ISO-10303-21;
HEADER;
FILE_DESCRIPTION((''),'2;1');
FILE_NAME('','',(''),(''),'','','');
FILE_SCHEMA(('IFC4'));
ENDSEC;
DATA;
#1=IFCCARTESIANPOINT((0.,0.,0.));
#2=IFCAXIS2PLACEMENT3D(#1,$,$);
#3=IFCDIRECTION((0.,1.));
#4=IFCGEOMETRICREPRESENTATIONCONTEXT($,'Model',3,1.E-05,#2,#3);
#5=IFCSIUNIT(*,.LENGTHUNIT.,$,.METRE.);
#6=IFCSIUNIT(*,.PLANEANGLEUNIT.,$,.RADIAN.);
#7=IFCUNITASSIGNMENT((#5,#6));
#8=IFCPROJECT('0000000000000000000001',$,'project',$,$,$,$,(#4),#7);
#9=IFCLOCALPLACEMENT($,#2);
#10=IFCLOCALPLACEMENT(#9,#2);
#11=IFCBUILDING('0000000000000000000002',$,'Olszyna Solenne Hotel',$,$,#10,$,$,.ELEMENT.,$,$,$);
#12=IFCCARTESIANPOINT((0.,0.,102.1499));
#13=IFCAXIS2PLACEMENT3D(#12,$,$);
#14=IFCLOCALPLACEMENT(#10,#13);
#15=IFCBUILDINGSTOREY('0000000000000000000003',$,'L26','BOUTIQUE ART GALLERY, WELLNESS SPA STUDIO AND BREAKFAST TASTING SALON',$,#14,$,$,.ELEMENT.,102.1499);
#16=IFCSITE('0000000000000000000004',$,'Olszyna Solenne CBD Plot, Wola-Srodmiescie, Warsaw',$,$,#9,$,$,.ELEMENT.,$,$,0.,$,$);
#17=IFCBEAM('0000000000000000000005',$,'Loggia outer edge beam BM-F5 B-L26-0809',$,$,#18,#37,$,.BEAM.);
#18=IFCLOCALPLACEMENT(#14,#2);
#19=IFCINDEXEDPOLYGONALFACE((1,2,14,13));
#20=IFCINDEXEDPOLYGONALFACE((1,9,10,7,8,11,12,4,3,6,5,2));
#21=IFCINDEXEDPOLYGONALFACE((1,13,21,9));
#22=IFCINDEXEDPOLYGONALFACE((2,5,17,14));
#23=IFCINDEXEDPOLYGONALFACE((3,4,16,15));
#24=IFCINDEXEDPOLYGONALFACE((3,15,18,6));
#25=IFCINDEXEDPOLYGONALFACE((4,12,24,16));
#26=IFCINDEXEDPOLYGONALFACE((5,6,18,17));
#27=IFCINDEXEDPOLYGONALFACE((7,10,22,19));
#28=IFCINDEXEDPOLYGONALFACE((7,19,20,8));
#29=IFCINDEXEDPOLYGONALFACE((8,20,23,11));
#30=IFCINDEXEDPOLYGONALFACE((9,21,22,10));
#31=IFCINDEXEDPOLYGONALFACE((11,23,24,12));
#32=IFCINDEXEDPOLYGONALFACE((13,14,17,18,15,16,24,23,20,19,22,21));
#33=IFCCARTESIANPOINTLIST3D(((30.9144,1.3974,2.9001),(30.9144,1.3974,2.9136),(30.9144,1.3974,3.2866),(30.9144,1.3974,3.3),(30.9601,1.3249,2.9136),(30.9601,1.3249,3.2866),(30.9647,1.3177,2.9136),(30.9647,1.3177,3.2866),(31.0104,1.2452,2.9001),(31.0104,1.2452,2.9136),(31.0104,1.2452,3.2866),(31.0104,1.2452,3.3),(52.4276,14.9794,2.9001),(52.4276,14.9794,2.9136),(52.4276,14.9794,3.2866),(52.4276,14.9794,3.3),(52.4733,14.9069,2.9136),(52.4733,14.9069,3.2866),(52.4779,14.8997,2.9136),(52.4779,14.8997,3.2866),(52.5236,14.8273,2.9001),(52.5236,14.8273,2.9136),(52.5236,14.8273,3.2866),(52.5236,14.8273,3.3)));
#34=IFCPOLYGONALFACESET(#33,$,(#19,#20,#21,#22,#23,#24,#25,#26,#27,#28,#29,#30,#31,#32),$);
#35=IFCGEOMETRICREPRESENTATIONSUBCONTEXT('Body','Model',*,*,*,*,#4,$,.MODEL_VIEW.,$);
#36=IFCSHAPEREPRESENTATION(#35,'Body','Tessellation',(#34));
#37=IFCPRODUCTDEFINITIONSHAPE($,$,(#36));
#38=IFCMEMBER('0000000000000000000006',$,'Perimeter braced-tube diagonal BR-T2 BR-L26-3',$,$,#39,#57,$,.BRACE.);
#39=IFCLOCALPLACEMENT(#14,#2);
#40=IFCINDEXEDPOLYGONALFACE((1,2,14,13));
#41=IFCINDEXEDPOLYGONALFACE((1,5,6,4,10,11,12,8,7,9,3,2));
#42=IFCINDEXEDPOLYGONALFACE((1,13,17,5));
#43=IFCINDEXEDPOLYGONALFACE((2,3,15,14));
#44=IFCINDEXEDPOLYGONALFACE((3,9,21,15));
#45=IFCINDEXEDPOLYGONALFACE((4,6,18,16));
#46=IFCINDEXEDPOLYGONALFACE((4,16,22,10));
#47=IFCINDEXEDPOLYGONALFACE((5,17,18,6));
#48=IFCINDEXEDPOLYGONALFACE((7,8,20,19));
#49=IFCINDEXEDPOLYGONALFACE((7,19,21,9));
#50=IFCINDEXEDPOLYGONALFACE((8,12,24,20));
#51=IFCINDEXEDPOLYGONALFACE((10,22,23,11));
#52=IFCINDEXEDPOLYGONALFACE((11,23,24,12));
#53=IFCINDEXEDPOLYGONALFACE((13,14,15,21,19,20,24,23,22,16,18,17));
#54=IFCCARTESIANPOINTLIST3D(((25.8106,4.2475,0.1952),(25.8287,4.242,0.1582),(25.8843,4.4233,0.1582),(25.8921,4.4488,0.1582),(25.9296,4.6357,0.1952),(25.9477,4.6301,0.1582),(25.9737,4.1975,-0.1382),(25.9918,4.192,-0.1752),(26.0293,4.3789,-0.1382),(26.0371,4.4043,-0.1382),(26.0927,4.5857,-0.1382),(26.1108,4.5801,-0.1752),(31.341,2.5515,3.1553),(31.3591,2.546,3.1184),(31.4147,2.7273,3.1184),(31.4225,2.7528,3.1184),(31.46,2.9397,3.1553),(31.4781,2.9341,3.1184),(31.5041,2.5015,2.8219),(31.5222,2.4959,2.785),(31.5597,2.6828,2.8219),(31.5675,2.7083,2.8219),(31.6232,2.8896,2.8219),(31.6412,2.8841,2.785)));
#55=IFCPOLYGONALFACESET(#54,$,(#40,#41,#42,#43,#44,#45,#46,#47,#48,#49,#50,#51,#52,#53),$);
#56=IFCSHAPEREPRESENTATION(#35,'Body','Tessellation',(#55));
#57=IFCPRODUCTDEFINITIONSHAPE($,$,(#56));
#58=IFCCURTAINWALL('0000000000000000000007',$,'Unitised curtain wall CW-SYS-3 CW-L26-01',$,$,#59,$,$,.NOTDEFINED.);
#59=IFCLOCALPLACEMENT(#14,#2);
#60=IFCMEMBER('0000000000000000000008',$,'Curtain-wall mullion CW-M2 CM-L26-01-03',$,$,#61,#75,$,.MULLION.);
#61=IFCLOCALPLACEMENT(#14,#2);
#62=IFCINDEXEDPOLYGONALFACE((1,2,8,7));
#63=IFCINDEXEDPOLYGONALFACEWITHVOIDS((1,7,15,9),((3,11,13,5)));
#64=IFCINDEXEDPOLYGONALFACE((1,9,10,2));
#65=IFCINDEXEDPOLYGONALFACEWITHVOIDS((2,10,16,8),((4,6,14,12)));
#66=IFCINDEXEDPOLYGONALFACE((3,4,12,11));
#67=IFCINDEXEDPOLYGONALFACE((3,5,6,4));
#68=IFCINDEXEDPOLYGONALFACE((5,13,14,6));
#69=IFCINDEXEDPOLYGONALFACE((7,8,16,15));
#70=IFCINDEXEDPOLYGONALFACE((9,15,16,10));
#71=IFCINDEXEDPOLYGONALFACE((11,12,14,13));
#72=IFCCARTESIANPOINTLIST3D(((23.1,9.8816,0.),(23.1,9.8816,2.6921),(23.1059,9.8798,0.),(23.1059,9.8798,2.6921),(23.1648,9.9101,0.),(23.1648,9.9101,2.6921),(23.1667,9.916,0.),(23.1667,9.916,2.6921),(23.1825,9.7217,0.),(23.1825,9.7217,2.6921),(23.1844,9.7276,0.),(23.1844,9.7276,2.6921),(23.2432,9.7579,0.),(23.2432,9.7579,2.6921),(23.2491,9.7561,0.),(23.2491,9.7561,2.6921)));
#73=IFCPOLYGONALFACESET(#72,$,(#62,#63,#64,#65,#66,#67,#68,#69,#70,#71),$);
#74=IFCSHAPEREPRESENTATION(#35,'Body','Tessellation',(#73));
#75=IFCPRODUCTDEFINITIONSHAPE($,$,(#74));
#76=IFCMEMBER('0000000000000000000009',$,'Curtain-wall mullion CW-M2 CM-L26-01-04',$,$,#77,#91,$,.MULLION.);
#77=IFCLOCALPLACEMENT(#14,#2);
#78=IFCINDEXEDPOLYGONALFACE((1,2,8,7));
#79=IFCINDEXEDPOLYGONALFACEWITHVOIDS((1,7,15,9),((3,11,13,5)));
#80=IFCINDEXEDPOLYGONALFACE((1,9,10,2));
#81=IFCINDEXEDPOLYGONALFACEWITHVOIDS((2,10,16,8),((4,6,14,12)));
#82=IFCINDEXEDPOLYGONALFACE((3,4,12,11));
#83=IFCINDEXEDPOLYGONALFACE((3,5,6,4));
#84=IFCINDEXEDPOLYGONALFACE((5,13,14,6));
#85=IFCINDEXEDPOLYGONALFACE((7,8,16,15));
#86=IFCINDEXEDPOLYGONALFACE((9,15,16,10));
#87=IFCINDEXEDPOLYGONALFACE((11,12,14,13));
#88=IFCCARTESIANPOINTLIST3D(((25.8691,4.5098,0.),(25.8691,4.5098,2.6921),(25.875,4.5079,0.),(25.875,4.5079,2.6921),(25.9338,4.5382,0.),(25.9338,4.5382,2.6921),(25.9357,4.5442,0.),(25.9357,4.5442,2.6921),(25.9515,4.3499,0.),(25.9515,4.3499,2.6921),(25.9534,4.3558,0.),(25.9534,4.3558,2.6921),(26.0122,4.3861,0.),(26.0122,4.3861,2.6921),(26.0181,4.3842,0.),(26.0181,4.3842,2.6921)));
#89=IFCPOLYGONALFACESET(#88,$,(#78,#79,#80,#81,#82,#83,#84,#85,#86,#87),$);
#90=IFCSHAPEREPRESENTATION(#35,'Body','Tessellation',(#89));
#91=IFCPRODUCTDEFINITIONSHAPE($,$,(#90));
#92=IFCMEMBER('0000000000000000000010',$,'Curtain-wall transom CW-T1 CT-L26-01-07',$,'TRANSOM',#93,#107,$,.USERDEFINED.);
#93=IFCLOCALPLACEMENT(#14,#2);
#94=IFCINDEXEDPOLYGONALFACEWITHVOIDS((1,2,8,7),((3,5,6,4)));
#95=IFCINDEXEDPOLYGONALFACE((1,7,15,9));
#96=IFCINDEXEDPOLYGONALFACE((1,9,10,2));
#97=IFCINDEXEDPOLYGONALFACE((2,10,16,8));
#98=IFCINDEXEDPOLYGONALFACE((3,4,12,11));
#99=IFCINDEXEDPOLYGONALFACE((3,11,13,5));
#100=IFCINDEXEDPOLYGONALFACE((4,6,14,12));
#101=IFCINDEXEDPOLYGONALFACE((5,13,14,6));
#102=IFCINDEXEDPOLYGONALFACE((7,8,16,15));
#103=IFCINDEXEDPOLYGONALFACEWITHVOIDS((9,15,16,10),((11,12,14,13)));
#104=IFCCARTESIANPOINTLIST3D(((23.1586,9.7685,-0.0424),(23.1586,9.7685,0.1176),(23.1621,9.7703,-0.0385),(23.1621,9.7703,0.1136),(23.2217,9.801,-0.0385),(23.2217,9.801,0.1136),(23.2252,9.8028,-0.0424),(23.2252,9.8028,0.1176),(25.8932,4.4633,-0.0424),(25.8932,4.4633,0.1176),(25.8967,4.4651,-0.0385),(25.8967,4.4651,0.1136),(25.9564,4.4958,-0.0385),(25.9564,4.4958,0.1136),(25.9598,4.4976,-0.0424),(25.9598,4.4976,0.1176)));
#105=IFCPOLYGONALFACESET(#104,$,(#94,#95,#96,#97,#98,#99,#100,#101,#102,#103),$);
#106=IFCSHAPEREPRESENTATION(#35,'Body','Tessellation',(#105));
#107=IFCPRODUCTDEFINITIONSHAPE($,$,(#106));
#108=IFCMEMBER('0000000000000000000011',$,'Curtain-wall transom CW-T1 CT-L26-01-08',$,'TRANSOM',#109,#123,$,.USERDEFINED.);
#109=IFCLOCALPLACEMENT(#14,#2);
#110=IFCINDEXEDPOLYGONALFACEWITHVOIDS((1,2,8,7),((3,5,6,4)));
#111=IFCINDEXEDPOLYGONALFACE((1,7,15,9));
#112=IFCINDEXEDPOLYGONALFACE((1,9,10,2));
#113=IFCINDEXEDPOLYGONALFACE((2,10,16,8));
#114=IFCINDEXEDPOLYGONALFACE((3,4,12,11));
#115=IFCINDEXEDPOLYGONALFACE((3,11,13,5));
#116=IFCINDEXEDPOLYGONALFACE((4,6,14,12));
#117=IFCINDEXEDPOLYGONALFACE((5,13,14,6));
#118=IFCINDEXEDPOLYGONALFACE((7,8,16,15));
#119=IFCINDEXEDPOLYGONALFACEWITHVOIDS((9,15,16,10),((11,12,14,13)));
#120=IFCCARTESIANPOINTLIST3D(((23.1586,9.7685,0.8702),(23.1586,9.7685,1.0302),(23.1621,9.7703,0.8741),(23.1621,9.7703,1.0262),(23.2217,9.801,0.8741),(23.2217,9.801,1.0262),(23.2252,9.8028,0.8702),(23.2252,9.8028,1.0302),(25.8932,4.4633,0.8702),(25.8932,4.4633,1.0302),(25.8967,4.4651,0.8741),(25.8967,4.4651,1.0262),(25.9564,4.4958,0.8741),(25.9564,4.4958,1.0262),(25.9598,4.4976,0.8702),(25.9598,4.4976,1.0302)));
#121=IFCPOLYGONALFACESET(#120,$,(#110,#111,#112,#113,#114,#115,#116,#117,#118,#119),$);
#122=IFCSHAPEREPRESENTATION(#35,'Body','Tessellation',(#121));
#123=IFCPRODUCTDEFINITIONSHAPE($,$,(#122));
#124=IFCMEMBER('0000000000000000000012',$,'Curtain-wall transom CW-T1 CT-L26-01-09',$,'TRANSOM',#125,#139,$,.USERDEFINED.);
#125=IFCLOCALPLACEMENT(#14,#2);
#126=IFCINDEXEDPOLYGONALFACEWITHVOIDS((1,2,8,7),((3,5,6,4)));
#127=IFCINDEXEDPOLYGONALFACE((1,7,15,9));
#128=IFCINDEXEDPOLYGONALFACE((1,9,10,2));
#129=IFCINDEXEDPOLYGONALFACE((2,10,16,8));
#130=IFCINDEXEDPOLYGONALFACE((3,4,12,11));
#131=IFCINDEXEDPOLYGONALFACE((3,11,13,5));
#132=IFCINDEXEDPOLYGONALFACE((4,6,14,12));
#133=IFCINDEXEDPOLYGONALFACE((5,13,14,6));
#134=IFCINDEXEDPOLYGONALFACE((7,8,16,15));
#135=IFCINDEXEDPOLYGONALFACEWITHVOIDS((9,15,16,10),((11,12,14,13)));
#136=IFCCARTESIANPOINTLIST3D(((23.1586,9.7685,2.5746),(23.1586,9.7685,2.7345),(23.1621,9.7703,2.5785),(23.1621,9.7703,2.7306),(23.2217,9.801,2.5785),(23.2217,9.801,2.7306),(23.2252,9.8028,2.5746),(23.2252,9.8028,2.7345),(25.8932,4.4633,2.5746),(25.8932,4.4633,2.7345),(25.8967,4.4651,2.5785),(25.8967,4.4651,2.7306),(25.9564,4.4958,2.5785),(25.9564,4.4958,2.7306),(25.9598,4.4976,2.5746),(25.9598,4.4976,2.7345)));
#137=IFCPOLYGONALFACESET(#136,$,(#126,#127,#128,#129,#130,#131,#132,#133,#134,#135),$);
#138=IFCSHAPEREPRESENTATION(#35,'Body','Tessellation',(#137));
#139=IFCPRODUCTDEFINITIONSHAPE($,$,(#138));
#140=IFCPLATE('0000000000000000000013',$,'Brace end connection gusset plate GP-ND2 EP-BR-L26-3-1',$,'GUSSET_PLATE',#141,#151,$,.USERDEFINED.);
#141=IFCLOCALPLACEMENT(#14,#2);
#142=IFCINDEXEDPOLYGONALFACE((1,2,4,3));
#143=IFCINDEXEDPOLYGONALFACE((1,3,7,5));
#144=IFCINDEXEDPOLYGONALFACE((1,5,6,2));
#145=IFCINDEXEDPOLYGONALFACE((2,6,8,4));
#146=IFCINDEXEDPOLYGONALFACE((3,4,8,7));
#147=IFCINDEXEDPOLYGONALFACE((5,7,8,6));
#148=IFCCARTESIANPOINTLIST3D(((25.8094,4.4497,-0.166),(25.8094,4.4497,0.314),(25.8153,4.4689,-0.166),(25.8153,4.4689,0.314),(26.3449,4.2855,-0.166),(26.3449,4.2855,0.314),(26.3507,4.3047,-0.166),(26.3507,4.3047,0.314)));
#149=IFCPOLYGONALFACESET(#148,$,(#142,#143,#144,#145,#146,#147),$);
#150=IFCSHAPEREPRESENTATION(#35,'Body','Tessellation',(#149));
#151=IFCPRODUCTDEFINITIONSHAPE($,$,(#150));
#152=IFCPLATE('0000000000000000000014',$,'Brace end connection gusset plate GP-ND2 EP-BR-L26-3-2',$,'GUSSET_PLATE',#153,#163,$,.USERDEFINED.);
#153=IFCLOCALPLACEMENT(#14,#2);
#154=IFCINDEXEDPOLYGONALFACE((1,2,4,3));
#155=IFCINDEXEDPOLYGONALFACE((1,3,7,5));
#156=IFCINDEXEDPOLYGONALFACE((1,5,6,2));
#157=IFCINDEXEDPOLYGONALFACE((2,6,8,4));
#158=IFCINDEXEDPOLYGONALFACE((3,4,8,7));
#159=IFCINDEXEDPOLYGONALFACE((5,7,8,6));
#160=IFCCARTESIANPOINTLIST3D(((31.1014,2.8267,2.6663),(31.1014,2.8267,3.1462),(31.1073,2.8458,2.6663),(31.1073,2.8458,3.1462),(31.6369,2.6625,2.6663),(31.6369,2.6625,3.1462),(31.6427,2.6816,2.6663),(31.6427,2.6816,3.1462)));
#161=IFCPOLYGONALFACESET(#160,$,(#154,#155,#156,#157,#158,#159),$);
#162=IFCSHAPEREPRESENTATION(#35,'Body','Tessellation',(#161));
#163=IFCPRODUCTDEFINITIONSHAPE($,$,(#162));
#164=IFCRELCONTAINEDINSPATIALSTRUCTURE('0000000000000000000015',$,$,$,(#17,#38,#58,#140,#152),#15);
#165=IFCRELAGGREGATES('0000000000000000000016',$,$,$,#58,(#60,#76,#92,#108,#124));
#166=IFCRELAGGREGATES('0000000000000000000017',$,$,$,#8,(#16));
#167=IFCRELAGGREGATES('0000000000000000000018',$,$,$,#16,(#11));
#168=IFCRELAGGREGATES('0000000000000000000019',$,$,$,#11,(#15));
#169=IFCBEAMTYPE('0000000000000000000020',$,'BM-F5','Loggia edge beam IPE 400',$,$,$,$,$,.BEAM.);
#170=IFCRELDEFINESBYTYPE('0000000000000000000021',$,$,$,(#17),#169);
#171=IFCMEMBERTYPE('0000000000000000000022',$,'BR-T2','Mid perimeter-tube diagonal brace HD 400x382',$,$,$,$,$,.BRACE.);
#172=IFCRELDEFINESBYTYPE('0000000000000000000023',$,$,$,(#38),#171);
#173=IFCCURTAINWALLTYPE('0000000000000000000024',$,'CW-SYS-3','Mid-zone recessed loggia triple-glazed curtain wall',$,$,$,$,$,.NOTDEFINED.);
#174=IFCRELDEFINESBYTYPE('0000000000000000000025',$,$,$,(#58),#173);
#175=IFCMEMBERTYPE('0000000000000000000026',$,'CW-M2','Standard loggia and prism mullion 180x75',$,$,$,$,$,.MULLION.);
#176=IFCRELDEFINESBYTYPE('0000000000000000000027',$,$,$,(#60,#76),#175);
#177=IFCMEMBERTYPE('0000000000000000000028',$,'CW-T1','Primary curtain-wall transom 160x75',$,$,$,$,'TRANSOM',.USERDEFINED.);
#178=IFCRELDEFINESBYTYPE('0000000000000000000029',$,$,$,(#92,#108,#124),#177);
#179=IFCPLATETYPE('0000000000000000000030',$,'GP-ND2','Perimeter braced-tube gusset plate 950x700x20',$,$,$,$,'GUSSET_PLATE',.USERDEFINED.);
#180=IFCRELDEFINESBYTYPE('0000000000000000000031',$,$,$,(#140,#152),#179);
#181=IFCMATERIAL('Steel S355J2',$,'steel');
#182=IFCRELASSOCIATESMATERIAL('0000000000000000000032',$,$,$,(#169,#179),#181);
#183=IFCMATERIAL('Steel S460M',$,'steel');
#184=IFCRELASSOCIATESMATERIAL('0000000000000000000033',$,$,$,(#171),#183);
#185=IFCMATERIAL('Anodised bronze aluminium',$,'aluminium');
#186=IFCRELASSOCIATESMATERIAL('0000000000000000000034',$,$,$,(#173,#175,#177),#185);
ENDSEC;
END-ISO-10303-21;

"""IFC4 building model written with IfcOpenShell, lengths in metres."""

from ifc_helpers import new_model, si_unit, direction, frame, origin, origin_2d, place, context, subcontext, project, spatial, rectangle, hollow_rectangle, i_section, extrude, source, transform, mapped, material, material_profile, profile_set, type_object, element, aggregate, save


model = new_model("IFC4")

# Units and contexts
model_context = context("Model", 3, precision=1e-05, world=origin(), true_north=direction((0.0, 1.0)))
body_context = subcontext(model_context, "Body", "Model", "MODEL_VIEW")
ifc_project = project(units=[si_unit("LENGTHUNIT", "METRE"), si_unit("PLANEANGLEUNIT", "RADIAN")], contexts=[model_context])

# Site, building, storey
site_placement = place(None, origin())
site = spatial("IfcSite", under=ifc_project, at=site_placement, Name="Olszyna Solenne CBD Plot, Wola-Srodmiescie, Warsaw", CompositionType="ELEMENT", RefElevation=0.0)
building_placement = place(site_placement, origin())
building = spatial("IfcBuilding", under=site, at=building_placement, Name="Olszyna Solenne Hotel", CompositionType="ELEMENT")
storey_placement = place(building_placement, frame((0.0, 0.0, 102.1499)))
storey = spatial("IfcBuildingStorey", under=building, at=storey_placement, Name="L26", Description="BOUTIQUE ART GALLERY, WELLNESS SPA STUDIO AND BREAKFAST TASTING SALON", CompositionType="ELEMENT", Elevation=102.1499)

# Shared definitions
ifc_material_1 = material(Name="Steel S460M", Category="steel")

# Beam
ifc_material_2 = material(Name="Steel S355J2", Category="steel")
ifc_material_profile_1 = material_profile(ifc_material_2, i_section(OverallWidth=0.1799, OverallDepth=0.3999, WebThickness=0.0085, FlangeThickness=0.0134, at=origin_2d()), Name="IPE 400", Category="load-bearing")
ifc_profile_set_1 = profile_set([ifc_material_profile_1], Name="Steel S355J2")
beam_type_1 = type_object("IfcBeamType", Name="BM-F5", Description="Loggia edge beam IPE 400", PredefinedType="BEAM", material=ifc_profile_set_1)
shared_shape_1 = source(origin(), body_context, "Body", "SweptSolid", [
    extrude(i_section(OverallWidth=0.1799, OverallDepth=0.3999, WebThickness=0.0085, FlangeThickness=0.0134, at=origin_2d()), origin(), (0.0, 0.0, 1.0), 25.4419),
])
beam_1_placement = place(storey_placement, frame((30.9624, 1.3213, 3.1001), z_axis=(0.845582, 0.533846, 0.0), x_axis=(-0.533846, 0.845582, 0.0)))
element("IfcBeam", 1, at=beam_1_placement, inside=storey, type_object=beam_type_1, Name="Loggia outer edge beam BM-F5 B-L26-0809", PredefinedType="BEAM", context=body_context, shape_type="MappedRepresentation", body=[
    mapped(shared_shape_1, transform((0.0, 0.0, 0.0), x_axis=(1.0, 0.0, 0.0), y_axis=(0.0, 1.0, 0.0), z_axis=(0.0, 0.0, 1.0), scale=1.0)),
])

# Member
ifc_material_profile_2 = material_profile(ifc_material_1, i_section(OverallWidth=0.406, OverallDepth=0.416, WebThickness=0.0266, FlangeThickness=0.0415, at=origin_2d()), Name="HD 400x382", Category="load-bearing")
ifc_profile_set_2 = profile_set([ifc_material_profile_2], Name="Steel S460M")
member_type_1 = type_object("IfcMemberType", Name="BR-T2", Description="Mid perimeter-tube diagonal brace HD 400x382", PredefinedType="BRACE", material=ifc_profile_set_2)
shared_shape_2 = source(origin(), body_context, "Body", "SweptSolid", [
    extrude(i_section(OverallWidth=0.406, OverallDepth=0.416, WebThickness=0.0266, FlangeThickness=0.0415, at=origin_2d()), origin(), (0.0, 0.0, 1.0), 6.498),
])
member_1_placement = place(storey_placement, frame((25.9607, 4.4138, 0.01), z_axis=(0.851091, -0.261004, 0.455546), x_axis=(0.293193, 0.956053, 0.0)))
element("IfcMember", 2, at=member_1_placement, inside=storey, type_object=member_type_1, Name="Perimeter braced-tube diagonal BR-T2 BR-L26-3", PredefinedType="BRACE", context=body_context, shape_type="MappedRepresentation", body=[
    mapped(shared_shape_2, transform((0.0, 0.0, 0.0), x_axis=(1.0, 0.0, 0.0), y_axis=(0.0, 1.0, 0.0), z_axis=(0.0, 0.0, 1.0), scale=1.0)),
])

# Curtain wall, members
ifc_material_3 = material(Name="Anodised bronze aluminium", Category="aluminium")
curtain_wall_type = type_object("IfcCurtainWallType", Name="CW-SYS-3", Description="Mid-zone recessed loggia triple-glazed curtain wall", PredefinedType="NOTDEFINED", material=ifc_material_3)
curtain_wall_placement = place(storey_placement, origin())
curtain_wall = element("IfcCurtainWall", 3, at=curtain_wall_placement, inside=storey, type_object=curtain_wall_type, Name="Unitised curtain wall CW-SYS-3 CW-L26-01", PredefinedType="NOTDEFINED")
ifc_material_profile_3 = material_profile(ifc_material_3, hollow_rectangle(XDim=0.075, YDim=0.1799, WallThickness=0.0044, at=origin_2d()), Name="MULL 180x75x4.5", Category="load-bearing")
ifc_profile_set_3 = profile_set([ifc_material_profile_3], Name="Anodised bronze aluminium")
member_type_2 = type_object("IfcMemberType", Name="CW-M2", Description="Standard loggia and prism mullion 180x75", PredefinedType="MULLION", material=ifc_profile_set_3)
shared_shape_3 = source(origin(), body_context, "Body", "SweptSolid", [
    extrude(hollow_rectangle(XDim=0.075, YDim=0.1799, WallThickness=0.0044, at=origin_2d()), origin(), (0.0, 0.0, 1.0), 2.6921),
])
member_2_placement = place(storey_placement, frame((23.1746, 9.8188, 0.0), z_axis=(0.0, 0.0, 1.0), x_axis=(0.888865, 0.458169, 0.0)))
member_2 = element("IfcMember", 4, at=member_2_placement, type_object=member_type_2, Name="Curtain-wall mullion CW-M2 CM-L26-01-03", PredefinedType="MULLION", context=body_context, shape_type="MappedRepresentation", body=[
    mapped(shared_shape_3, transform((0.0, 0.0, 0.0), x_axis=(1.0, 0.0, 0.0), y_axis=(0.0, 1.0, 0.0), z_axis=(0.0, 0.0, 1.0), scale=1.0)),
])
member_3_placement = place(storey_placement, frame((25.9436, 4.447, 0.0), z_axis=(0.0, 0.0, 1.0), x_axis=(0.888865, 0.458169, 0.0)))
member_3 = element("IfcMember", 5, at=member_3_placement, type_object=member_type_2, Name="Curtain-wall mullion CW-M2 CM-L26-01-04", PredefinedType="MULLION", context=body_context, shape_type="MappedRepresentation", body=[
    mapped(shared_shape_3, transform((0.0, 0.0, 0.0), x_axis=(1.0, 0.0, 0.0), y_axis=(0.0, 1.0, 0.0), z_axis=(0.0, 0.0, 1.0), scale=1.0)),
])
ifc_material_profile_4 = material_profile(ifc_material_3, hollow_rectangle(XDim=0.075, YDim=0.1599, WallThickness=0.0039, at=origin_2d()), Name="TRAN 160x75x4", Category="load-bearing")
ifc_profile_set_4 = profile_set([ifc_material_profile_4], Name="Anodised bronze aluminium")
member_type_3 = type_object("IfcMemberType", Name="CW-T1", Description="Primary curtain-wall transom 160x75", ElementType="TRANSOM", PredefinedType="USERDEFINED", material=ifc_profile_set_4)
shared_shape_4 = source(origin(), body_context, "Body", "SweptSolid", [
    extrude(hollow_rectangle(XDim=0.075, YDim=0.1599, WallThickness=0.0039, at=origin_2d()), origin(), (0.0, 0.0, 1.0), 5.9685),
])
member_4_placement = place(storey_placement, frame((23.1919, 9.7856, 0.0376), z_axis=(0.458175, -0.888862, 0.0), x_axis=(0.888862, 0.458175, 0.0)))
member_4 = element("IfcMember", 6, at=member_4_placement, type_object=member_type_3, Name="Curtain-wall transom CW-T1 CT-L26-01-07", ObjectType="TRANSOM", PredefinedType="USERDEFINED", context=body_context, shape_type="MappedRepresentation", body=[
    mapped(shared_shape_4, transform((0.0, 0.0, 0.0), x_axis=(1.0, 0.0, 0.0), y_axis=(0.0, 1.0, 0.0), z_axis=(0.0, 0.0, 1.0), scale=1.0)),
])
member_5_placement = place(storey_placement, frame((23.1919, 9.7856, 0.9502), z_axis=(0.458175, -0.888862, 0.0), x_axis=(0.888862, 0.458175, 0.0)))
member_5 = element("IfcMember", 7, at=member_5_placement, type_object=member_type_3, Name="Curtain-wall transom CW-T1 CT-L26-01-08", ObjectType="TRANSOM", PredefinedType="USERDEFINED", context=body_context, shape_type="MappedRepresentation", body=[
    mapped(shared_shape_4, transform((0.0, 0.0, 0.0), x_axis=(1.0, 0.0, 0.0), y_axis=(0.0, 1.0, 0.0), z_axis=(0.0, 0.0, 1.0), scale=1.0)),
])
member_6_placement = place(storey_placement, frame((23.1919, 9.7856, 2.6545), z_axis=(0.458175, -0.888862, 0.0), x_axis=(0.888862, 0.458175, 0.0)))
member_6 = element("IfcMember", 8, at=member_6_placement, type_object=member_type_3, Name="Curtain-wall transom CW-T1 CT-L26-01-09", ObjectType="TRANSOM", PredefinedType="USERDEFINED", context=body_context, shape_type="MappedRepresentation", body=[
    mapped(shared_shape_4, transform((0.0, 0.0, 0.0), x_axis=(1.0, 0.0, 0.0), y_axis=(0.0, 1.0, 0.0), z_axis=(0.0, 0.0, 1.0), scale=1.0)),
])

# Plates
plate_type_1 = type_object("IfcPlateType", Name="GP-ND2", Description="Perimeter braced-tube gusset plate 950x700x20", ElementType="GUSSET_PLATE", PredefinedType="USERDEFINED", material=ifc_material_2)
shared_shape_5 = source(origin(), body_context, "Body", "SweptSolid", [
    extrude(rectangle(XDim=0.5601, YDim=0.02, at=origin_2d()), origin(), (0.0, 0.0, 1.0), 0.48),
])
for number, where, z_axis, x_axis, name in (
    (9, (26.0801, 4.3772, -0.166), (0.0, 0.0, 1.0), (0.956049, -0.293206, 0.0), "Brace end connection gusset plate GP-ND2 EP-BR-L26-3-1"),
    (10, (31.3721, 2.7542, 2.6663), (0.0, 0.0, 1.0), (0.956049, -0.293206, 0.0), "Brace end connection gusset plate GP-ND2 EP-BR-L26-3-2"),
):
    element("IfcPlate", number, at=place(storey_placement, frame(where, z_axis=z_axis, x_axis=x_axis)), inside=storey, type_object=plate_type_1, Name=name, ObjectType="GUSSET_PLATE", PredefinedType="USERDEFINED", context=body_context, shape_type="MappedRepresentation", body=[
        mapped(shared_shape_5, transform((0.0, 0.0, 0.0), x_axis=(1.0, 0.0, 0.0), y_axis=(0.0, 1.0, 0.0), z_axis=(0.0, 0.0, 1.0), scale=1.0)),
    ])

aggregate(curtain_wall, [member_2, member_3, member_4, member_5, member_6])

save(model, "model.ifc")
